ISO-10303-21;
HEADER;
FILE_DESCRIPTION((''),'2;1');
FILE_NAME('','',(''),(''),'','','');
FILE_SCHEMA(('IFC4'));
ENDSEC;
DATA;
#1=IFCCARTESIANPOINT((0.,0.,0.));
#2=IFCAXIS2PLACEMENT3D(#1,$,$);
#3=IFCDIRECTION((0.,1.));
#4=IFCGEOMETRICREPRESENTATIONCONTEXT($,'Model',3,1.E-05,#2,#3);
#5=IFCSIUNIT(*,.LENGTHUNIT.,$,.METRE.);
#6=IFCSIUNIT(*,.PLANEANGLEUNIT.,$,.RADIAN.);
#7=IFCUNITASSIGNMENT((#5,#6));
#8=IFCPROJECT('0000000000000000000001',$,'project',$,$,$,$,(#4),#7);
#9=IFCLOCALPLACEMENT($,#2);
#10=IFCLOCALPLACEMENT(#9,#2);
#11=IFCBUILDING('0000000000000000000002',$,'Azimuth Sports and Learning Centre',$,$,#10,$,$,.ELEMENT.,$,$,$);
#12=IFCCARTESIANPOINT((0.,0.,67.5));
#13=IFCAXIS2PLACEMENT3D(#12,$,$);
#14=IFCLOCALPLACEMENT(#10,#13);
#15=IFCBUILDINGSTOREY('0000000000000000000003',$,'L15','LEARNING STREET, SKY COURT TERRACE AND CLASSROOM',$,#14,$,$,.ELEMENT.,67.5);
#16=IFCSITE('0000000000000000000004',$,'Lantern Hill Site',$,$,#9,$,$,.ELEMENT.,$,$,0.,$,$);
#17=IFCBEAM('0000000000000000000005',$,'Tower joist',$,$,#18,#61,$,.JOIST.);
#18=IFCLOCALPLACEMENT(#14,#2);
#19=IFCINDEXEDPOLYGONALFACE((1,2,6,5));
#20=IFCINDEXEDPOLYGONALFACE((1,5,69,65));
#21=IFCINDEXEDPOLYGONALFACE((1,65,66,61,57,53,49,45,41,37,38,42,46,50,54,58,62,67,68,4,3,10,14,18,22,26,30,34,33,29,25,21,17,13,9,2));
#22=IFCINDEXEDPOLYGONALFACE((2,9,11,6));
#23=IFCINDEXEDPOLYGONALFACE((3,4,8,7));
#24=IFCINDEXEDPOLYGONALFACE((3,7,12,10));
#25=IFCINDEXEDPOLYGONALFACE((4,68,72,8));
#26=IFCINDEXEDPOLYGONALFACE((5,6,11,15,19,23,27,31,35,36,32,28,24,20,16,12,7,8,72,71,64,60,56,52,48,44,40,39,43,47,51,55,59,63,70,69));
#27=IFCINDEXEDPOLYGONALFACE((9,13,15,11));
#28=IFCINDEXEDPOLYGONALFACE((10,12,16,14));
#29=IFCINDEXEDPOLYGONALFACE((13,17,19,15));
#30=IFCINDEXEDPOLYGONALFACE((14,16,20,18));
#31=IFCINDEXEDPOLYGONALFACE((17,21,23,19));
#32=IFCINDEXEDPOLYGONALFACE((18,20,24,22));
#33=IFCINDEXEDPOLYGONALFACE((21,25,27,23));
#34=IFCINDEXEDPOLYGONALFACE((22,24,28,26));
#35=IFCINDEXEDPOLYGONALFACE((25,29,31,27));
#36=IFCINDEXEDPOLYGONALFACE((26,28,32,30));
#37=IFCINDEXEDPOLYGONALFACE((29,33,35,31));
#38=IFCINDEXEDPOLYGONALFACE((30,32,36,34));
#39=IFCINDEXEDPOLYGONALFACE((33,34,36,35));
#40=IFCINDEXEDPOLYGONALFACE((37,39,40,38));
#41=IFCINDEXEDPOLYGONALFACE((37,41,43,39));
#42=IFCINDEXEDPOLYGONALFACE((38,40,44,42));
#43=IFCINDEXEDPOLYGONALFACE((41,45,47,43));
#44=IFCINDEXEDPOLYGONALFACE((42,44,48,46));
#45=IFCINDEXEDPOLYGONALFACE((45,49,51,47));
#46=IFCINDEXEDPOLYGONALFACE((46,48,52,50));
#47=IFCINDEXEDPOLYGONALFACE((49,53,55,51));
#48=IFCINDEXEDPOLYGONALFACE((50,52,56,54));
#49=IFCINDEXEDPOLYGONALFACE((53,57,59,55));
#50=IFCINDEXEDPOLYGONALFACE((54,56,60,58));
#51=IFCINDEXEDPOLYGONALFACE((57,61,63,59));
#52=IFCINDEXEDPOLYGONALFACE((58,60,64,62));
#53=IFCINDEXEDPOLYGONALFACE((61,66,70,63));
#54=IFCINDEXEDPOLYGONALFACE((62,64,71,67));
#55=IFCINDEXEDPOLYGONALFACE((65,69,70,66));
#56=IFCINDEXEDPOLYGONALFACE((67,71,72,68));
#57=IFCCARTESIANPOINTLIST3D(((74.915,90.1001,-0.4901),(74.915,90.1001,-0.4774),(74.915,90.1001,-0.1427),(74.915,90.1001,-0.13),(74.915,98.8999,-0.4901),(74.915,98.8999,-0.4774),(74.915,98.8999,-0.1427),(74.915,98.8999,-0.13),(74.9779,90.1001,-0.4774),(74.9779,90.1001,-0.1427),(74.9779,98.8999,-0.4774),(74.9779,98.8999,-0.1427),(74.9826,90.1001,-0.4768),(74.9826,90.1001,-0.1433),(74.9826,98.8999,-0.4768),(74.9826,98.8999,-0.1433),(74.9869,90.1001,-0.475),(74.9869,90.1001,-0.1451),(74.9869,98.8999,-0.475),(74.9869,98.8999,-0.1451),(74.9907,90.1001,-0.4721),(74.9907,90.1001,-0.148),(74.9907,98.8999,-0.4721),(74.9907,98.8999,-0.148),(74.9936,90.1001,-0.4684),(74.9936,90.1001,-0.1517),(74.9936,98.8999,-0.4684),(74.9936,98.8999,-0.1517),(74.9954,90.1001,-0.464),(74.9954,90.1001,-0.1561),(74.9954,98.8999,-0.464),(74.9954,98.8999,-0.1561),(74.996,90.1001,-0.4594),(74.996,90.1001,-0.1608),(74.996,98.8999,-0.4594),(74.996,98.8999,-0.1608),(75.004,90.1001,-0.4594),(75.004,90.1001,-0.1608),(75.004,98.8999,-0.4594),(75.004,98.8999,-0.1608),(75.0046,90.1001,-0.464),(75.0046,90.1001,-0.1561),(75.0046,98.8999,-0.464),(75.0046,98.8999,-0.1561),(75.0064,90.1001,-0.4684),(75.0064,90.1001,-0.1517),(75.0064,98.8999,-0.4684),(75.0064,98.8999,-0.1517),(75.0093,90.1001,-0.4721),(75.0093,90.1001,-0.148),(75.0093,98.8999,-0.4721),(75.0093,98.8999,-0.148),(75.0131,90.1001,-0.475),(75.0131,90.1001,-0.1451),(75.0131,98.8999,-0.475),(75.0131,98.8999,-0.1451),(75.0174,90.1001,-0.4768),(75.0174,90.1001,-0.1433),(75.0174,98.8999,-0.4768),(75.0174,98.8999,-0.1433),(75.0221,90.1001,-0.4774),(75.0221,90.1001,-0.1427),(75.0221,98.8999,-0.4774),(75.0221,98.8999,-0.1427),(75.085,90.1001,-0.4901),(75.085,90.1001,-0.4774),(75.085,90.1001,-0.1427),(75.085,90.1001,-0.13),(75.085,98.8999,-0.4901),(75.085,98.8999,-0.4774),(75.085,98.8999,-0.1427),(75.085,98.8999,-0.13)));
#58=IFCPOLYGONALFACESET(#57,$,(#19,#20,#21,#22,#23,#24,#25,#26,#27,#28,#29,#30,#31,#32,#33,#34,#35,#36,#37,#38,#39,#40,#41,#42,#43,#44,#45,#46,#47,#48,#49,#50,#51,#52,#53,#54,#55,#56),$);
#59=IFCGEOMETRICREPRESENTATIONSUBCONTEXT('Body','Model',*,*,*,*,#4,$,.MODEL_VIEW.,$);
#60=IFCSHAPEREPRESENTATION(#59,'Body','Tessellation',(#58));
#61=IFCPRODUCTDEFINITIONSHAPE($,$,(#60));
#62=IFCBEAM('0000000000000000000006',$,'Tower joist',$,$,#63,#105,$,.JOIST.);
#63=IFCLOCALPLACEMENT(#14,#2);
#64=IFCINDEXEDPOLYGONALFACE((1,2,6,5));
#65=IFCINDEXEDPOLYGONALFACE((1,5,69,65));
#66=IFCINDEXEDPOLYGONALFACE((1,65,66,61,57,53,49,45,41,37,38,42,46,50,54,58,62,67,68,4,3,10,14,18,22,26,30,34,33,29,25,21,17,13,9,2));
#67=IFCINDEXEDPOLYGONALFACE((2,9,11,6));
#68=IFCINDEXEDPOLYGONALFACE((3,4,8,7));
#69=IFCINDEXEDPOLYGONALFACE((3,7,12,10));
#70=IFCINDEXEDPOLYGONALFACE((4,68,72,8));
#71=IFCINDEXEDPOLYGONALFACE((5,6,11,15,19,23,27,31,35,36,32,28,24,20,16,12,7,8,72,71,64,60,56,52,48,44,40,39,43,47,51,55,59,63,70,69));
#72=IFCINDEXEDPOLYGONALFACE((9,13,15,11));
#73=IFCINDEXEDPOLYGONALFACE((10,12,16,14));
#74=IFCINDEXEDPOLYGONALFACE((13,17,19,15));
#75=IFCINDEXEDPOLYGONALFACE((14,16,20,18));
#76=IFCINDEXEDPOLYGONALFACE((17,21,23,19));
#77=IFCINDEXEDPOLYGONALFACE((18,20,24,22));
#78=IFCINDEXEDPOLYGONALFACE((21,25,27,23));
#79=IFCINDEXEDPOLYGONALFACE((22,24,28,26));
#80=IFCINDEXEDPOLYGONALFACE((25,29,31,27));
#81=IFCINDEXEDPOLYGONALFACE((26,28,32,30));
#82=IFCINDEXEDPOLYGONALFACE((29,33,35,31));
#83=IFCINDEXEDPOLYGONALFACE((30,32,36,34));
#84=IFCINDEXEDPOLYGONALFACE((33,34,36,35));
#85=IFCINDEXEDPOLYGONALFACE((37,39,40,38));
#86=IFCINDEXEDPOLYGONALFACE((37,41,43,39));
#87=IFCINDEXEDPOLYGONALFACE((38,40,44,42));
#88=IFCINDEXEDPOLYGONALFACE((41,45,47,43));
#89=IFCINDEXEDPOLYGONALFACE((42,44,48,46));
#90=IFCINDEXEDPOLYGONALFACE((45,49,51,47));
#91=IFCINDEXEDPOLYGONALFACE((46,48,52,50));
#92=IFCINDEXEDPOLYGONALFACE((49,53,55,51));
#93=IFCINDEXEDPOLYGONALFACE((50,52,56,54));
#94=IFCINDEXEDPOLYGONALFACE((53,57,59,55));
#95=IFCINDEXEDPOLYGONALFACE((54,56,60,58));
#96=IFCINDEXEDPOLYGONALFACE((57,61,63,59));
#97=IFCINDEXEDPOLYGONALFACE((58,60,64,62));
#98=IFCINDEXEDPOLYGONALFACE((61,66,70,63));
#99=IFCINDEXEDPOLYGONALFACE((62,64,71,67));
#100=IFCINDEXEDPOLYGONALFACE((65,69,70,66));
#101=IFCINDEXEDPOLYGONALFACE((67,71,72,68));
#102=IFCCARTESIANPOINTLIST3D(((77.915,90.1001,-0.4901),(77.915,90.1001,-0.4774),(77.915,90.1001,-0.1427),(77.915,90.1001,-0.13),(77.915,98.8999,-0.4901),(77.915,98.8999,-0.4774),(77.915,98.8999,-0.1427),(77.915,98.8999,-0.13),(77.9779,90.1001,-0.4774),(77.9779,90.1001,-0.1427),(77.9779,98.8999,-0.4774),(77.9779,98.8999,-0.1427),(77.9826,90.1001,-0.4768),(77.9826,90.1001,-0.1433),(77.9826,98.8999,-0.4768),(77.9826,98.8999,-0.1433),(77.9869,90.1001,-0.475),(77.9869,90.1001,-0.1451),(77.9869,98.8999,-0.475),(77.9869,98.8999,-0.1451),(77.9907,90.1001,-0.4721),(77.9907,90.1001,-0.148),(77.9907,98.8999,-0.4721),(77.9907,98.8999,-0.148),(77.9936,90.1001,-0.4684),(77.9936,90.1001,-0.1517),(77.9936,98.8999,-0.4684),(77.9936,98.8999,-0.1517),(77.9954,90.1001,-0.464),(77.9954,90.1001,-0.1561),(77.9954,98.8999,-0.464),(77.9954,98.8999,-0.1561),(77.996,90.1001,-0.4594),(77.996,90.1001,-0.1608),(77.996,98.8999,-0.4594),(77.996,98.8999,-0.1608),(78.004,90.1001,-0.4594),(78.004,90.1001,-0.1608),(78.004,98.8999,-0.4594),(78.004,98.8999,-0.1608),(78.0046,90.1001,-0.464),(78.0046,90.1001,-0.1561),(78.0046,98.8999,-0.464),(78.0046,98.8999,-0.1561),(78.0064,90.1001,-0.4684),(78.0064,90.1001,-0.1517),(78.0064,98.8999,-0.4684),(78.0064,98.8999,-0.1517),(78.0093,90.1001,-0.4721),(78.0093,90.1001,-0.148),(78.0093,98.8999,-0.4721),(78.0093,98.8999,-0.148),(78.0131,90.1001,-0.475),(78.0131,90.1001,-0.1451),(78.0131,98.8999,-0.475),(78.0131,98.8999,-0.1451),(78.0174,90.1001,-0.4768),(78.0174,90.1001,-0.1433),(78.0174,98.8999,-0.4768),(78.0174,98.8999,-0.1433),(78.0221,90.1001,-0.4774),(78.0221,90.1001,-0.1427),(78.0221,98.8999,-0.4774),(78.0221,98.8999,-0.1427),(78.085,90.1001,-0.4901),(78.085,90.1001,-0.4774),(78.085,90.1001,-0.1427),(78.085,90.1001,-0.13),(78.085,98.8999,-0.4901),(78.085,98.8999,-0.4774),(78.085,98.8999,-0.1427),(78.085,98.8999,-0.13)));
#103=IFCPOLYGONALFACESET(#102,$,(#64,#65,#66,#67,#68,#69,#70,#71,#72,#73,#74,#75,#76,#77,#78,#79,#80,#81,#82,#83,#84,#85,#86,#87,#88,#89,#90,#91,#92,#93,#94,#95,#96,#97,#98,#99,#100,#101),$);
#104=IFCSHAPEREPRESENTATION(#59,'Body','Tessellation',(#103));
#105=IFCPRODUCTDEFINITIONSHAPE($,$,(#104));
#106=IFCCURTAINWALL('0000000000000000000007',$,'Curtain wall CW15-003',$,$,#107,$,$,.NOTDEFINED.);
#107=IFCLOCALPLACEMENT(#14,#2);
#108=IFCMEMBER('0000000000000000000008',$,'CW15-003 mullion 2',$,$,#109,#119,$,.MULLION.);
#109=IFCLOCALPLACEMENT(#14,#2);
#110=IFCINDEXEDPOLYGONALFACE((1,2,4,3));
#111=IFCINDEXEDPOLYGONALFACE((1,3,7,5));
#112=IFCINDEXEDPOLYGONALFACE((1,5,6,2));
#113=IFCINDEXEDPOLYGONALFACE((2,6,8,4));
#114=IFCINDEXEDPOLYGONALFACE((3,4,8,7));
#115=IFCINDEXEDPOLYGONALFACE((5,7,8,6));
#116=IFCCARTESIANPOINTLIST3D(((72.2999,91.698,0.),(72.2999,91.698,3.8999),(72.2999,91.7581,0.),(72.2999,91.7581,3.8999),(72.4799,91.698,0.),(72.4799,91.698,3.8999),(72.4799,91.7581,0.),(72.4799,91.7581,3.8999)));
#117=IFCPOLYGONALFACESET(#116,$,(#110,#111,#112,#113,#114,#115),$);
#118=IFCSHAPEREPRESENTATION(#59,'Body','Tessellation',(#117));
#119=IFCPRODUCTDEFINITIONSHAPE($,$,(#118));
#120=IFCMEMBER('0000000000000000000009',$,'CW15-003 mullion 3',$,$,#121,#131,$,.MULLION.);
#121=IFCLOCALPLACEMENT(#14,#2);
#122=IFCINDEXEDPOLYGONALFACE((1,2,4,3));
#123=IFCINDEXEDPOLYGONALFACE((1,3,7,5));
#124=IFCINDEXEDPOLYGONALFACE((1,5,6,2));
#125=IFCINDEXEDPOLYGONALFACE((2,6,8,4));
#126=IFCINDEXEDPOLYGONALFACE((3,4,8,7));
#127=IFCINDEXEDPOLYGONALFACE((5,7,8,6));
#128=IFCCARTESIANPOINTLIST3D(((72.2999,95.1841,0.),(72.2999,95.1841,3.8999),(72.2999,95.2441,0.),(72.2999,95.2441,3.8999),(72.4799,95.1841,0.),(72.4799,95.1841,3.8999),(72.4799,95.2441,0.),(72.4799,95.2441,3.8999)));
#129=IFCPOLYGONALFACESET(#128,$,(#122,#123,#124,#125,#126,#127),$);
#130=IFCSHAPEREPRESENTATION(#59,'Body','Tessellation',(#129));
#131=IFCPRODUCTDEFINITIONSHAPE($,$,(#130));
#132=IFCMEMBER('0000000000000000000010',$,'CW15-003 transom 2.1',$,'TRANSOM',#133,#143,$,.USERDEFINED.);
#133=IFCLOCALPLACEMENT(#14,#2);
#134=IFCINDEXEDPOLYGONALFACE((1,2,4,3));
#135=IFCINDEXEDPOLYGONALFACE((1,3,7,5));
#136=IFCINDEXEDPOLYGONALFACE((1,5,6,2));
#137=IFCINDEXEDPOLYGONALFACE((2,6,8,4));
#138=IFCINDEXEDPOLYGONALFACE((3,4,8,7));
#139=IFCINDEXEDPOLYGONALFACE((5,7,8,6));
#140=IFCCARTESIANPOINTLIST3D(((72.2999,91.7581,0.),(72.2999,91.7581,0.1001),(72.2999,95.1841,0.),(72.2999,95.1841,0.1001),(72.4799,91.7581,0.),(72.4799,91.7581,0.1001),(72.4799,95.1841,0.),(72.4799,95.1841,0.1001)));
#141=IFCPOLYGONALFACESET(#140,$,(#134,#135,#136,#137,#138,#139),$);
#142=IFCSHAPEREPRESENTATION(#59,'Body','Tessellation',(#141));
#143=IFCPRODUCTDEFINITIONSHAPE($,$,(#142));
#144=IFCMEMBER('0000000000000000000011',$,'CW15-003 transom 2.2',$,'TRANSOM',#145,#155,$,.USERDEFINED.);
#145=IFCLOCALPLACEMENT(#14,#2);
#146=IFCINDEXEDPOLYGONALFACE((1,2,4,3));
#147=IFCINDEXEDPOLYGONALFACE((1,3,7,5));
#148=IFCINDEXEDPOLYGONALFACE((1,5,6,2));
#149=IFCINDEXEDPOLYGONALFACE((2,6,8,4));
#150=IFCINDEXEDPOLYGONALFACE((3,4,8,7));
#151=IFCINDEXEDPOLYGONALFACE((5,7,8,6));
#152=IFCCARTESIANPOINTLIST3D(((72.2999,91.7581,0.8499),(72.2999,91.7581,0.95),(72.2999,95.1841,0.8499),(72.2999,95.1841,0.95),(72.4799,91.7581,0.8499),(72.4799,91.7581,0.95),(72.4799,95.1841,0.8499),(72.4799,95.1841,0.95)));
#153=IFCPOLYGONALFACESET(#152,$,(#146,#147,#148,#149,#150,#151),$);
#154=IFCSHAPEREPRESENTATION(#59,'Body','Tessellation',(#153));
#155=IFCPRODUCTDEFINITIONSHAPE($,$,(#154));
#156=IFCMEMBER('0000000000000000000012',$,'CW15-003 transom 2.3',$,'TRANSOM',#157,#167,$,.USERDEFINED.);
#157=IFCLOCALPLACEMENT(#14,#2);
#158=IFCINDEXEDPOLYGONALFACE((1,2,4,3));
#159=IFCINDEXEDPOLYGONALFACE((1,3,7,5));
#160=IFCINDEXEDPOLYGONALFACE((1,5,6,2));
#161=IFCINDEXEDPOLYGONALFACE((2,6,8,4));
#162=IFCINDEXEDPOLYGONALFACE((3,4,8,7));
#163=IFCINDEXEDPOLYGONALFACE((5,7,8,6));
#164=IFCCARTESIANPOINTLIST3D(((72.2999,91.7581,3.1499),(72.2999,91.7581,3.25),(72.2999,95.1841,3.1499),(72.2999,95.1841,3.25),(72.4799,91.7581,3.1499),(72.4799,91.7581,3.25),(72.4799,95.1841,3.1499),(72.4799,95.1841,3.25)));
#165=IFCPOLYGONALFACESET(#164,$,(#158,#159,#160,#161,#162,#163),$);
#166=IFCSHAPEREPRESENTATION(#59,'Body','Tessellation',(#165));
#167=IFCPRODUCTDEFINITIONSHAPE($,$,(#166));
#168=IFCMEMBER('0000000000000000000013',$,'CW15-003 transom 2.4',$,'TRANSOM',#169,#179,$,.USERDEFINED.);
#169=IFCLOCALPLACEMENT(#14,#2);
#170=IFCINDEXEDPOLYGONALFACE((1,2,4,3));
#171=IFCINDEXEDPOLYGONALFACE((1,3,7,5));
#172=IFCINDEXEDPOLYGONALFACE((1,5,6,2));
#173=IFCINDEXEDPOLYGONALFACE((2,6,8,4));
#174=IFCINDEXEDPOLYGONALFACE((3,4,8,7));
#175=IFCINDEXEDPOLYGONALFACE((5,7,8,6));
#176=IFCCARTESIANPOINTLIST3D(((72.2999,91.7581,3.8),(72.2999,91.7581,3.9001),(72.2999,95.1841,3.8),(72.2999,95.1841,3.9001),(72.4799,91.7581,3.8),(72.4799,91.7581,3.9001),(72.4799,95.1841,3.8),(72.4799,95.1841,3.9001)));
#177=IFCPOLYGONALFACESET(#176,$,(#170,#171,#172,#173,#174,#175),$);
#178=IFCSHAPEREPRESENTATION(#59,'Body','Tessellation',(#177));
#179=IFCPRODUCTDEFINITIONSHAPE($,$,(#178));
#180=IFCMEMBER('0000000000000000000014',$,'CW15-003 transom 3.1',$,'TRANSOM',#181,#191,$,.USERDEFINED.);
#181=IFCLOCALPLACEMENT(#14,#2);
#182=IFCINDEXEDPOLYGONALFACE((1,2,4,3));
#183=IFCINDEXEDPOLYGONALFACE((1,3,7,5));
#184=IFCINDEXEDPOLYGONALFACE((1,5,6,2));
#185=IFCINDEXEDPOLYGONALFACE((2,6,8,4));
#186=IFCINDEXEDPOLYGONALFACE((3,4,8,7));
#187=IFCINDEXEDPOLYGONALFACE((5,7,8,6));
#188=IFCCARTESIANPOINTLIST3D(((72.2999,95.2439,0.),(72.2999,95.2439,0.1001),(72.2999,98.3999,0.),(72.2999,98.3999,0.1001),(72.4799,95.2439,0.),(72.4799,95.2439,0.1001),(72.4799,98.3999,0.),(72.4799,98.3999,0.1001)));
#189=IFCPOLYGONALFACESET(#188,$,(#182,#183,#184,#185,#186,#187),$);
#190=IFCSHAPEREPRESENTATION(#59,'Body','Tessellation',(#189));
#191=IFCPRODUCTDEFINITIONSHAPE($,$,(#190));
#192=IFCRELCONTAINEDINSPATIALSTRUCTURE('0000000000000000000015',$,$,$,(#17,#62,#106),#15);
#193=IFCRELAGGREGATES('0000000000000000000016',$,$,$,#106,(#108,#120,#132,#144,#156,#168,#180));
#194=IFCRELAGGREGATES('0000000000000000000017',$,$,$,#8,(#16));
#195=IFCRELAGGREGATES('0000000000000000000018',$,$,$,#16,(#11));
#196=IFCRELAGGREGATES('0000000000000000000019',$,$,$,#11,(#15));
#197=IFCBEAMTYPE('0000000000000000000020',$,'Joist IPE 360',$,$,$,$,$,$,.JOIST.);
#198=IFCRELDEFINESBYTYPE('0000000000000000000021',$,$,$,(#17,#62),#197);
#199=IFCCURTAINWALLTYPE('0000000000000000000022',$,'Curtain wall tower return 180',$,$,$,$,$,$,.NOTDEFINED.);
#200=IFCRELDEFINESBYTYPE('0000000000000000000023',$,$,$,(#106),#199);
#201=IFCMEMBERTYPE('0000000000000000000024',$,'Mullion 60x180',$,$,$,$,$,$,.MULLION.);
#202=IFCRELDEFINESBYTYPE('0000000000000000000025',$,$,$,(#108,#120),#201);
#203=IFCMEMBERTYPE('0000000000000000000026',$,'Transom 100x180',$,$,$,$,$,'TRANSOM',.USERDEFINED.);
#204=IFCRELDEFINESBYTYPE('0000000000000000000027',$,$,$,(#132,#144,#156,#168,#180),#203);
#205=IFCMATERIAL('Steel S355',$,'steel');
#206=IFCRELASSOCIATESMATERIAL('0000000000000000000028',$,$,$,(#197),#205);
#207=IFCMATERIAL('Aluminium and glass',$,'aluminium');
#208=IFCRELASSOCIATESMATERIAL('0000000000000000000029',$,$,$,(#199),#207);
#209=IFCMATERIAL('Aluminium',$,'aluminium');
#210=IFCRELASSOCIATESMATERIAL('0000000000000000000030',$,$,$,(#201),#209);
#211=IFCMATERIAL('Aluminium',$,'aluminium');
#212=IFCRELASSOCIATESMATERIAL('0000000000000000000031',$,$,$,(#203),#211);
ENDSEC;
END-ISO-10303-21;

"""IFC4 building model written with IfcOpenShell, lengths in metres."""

from ifc_helpers import new_model, si_unit, direction, frame, origin, origin_2d, place, context, subcontext, project, spatial, rectangle, i_section, extrude, material, material_profile, profile_set, type_object, element, aggregate, save


model = new_model("IFC4")

# Units and contexts
model_context = context("Model", 3, precision=1e-05, world=origin(), true_north=direction((0.0, 1.0)))
body_context = subcontext(model_context, "Body", "Model", "MODEL_VIEW")
ifc_project = project(units=[si_unit("LENGTHUNIT", "METRE"), si_unit("PLANEANGLEUNIT", "RADIAN")], contexts=[model_context])

# Site, building, storey
site_placement = place(None, origin())
site = spatial("IfcSite", under=ifc_project, at=site_placement, Name="Lantern Hill Site", CompositionType="ELEMENT", RefElevation=0.0)
building_placement = place(site_placement, origin())
building = spatial("IfcBuilding", under=site, at=building_placement, Name="Azimuth Sports and Learning Centre", CompositionType="ELEMENT")
storey_placement = place(building_placement, frame((0.0, 0.0, 67.5)))
storey = spatial("IfcBuildingStorey", under=building, at=storey_placement, Name="L15", Description="LEARNING STREET, SKY COURT TERRACE AND CLASSROOM", CompositionType="ELEMENT", Elevation=67.5)

# Beams
ifc_material_1 = material(Name="Steel S355", Category="steel")
ifc_material_profile_1 = material_profile(ifc_material_1, i_section(OverallWidth=0.1699, OverallDepth=0.3601, WebThickness=0.0081, FlangeThickness=0.0127, FilletRadius=0.0181, at=origin_2d()), Name="IPE 360")
ifc_profile_set_1 = profile_set([ifc_material_profile_1], Name="Steel S355")
beam_type_1 = type_object("IfcBeamType", Name="Joist IPE 360", PredefinedType="JOIST", material=ifc_profile_set_1)
for number, where, z_axis, x_axis, name in (
    (1, (75.0, 90.1001, -0.3101), (0.0, 1.0, 0.0), (-1.0, 0.0, 0.0), "Tower joist"),
    (2, (78.0, 90.1001, -0.3101), (0.0, 1.0, 0.0), (-1.0, 0.0, 0.0), "Tower joist"),
):
    element("IfcBeam", number, at=place(storey_placement, frame(where, z_axis=z_axis, x_axis=x_axis)), inside=storey, type_object=beam_type_1, Name=name, PredefinedType="JOIST", context=body_context, shape_type="SweptSolid", body=[
        extrude(i_section(OverallWidth=0.1699, OverallDepth=0.3601, WebThickness=0.0081, FlangeThickness=0.0127, FilletRadius=0.0181, at=origin_2d()), origin(), (0.0, 0.0, 1.0), 8.7998),
    ])

# Curtain wall, members
ifc_material_2 = material(Name="Aluminium and glass", Category="aluminium")
curtain_wall_type = type_object("IfcCurtainWallType", Name="Curtain wall tower return 180", PredefinedType="NOTDEFINED", material=ifc_material_2)
curtain_wall_placement = place(storey_placement, origin())
curtain_wall = element("IfcCurtainWall", 3, at=curtain_wall_placement, inside=storey, type_object=curtain_wall_type, Name="Curtain wall CW15-003", PredefinedType="NOTDEFINED")
ifc_material_3 = material(Name="Aluminium", Category="aluminium")
ifc_material_profile_2 = material_profile(ifc_material_3, rectangle(XDim=0.1799, YDim=0.0601, at=origin_2d()), Name="Mullion 60x180")
ifc_profile_set_2 = profile_set([ifc_material_profile_2], Name="Aluminium")
member_type_1 = type_object("IfcMemberType", Name="Mullion 60x180", PredefinedType="MULLION", material=ifc_profile_set_2)
member_1_placement = place(storey_placement, frame((72.3899, 91.728, 0.0), z_axis=(0.0, 0.0, 1.0), x_axis=(-1.0, 0.0, 0.0)))
member_1 = element("IfcMember", 4, at=member_1_placement, type_object=member_type_1, Name="CW15-003 mullion 2", PredefinedType="MULLION", context=body_context, shape_type="SweptSolid", body=[
    extrude(rectangle(XDim=0.1799, YDim=0.0601, at=origin_2d()), origin(), (0.0, 0.0, 1.0), 3.8999),
])
member_2_placement = place(storey_placement, frame((72.3899, 95.2141, 0.0), z_axis=(0.0, 0.0, 1.0), x_axis=(-1.0, 0.0, 0.0)))
member_2 = element("IfcMember", 5, at=member_2_placement, type_object=member_type_1, Name="CW15-003 mullion 3", PredefinedType="MULLION", context=body_context, shape_type="SweptSolid", body=[
    extrude(rectangle(XDim=0.1799, YDim=0.0601, at=origin_2d()), origin(), (0.0, 0.0, 1.0), 3.8999),
])
ifc_material_4 = material(Name="Aluminium", Category="aluminium")
ifc_material_profile_3 = material_profile(ifc_material_4, rectangle(XDim=0.1799, YDim=0.1001, at=origin_2d()), Name="Transom 100x180")
ifc_profile_set_3 = profile_set([ifc_material_profile_3], Name="Aluminium")
member_type_2 = type_object("IfcMemberType", Name="Transom 100x180", ElementType="TRANSOM", PredefinedType="USERDEFINED", material=ifc_profile_set_3)
member_3_placement = place(storey_placement, frame((72.3899, 91.7581, 0.05), z_axis=(0.0, 1.0, 0.0), x_axis=(-1.0, 0.0, 0.0)))
member_3 = element("IfcMember", 6, at=member_3_placement, type_object=member_type_2, Name="CW15-003 transom 2.1", ObjectType="TRANSOM", PredefinedType="USERDEFINED", context=body_context, shape_type="SweptSolid", body=[
    extrude(rectangle(XDim=0.1799, YDim=0.1001, at=origin_2d()), origin(), (0.0, 0.0, 1.0), 3.426),
])
member_4_placement = place(storey_placement, frame((72.3899, 91.7581, 0.8999), z_axis=(0.0, 1.0, 0.0), x_axis=(-1.0, 0.0, 0.0)))
member_4 = element("IfcMember", 7, at=member_4_placement, type_object=member_type_2, Name="CW15-003 transom 2.2", ObjectType="TRANSOM", PredefinedType="USERDEFINED", context=body_context, shape_type="SweptSolid", body=[
    extrude(rectangle(XDim=0.1799, YDim=0.1001, at=origin_2d()), origin(), (0.0, 0.0, 1.0), 3.426),
])
member_5_placement = place(storey_placement, frame((72.3899, 91.7581, 3.2), z_axis=(0.0, 1.0, 0.0), x_axis=(-1.0, 0.0, 0.0)))
member_5 = element("IfcMember", 8, at=member_5_placement, type_object=member_type_2, Name="CW15-003 transom 2.3", ObjectType="TRANSOM", PredefinedType="USERDEFINED", context=body_context, shape_type="SweptSolid", body=[
    extrude(rectangle(XDim=0.1799, YDim=0.1001, at=origin_2d()), origin(), (0.0, 0.0, 1.0), 3.426),
])
member_6_placement = place(storey_placement, frame((72.3899, 91.7581, 3.8501), z_axis=(0.0, 1.0, 0.0), x_axis=(-1.0, 0.0, 0.0)))
member_6 = element("IfcMember", 9, at=member_6_placement, type_object=member_type_2, Name="CW15-003 transom 2.4", ObjectType="TRANSOM", PredefinedType="USERDEFINED", context=body_context, shape_type="SweptSolid", body=[
    extrude(rectangle(XDim=0.1799, YDim=0.1001, at=origin_2d()), origin(), (0.0, 0.0, 1.0), 3.426),
])
member_7_placement = place(storey_placement, frame((72.3899, 95.2439, 0.05), z_axis=(0.0, 1.0, 0.0), x_axis=(-1.0, 0.0, 0.0)))
member_7 = element("IfcMember", 10, at=member_7_placement, type_object=member_type_2, Name="CW15-003 transom 3.1", ObjectType="TRANSOM", PredefinedType="USERDEFINED", context=body_context, shape_type="SweptSolid", body=[
    extrude(rectangle(XDim=0.1799, YDim=0.1001, at=origin_2d()), origin(), (0.0, 0.0, 1.0), 3.156),
])
aggregate(curtain_wall, [member_1, member_2, member_3, member_4, member_5, member_6, member_7])

save(model, "model.ifc")
